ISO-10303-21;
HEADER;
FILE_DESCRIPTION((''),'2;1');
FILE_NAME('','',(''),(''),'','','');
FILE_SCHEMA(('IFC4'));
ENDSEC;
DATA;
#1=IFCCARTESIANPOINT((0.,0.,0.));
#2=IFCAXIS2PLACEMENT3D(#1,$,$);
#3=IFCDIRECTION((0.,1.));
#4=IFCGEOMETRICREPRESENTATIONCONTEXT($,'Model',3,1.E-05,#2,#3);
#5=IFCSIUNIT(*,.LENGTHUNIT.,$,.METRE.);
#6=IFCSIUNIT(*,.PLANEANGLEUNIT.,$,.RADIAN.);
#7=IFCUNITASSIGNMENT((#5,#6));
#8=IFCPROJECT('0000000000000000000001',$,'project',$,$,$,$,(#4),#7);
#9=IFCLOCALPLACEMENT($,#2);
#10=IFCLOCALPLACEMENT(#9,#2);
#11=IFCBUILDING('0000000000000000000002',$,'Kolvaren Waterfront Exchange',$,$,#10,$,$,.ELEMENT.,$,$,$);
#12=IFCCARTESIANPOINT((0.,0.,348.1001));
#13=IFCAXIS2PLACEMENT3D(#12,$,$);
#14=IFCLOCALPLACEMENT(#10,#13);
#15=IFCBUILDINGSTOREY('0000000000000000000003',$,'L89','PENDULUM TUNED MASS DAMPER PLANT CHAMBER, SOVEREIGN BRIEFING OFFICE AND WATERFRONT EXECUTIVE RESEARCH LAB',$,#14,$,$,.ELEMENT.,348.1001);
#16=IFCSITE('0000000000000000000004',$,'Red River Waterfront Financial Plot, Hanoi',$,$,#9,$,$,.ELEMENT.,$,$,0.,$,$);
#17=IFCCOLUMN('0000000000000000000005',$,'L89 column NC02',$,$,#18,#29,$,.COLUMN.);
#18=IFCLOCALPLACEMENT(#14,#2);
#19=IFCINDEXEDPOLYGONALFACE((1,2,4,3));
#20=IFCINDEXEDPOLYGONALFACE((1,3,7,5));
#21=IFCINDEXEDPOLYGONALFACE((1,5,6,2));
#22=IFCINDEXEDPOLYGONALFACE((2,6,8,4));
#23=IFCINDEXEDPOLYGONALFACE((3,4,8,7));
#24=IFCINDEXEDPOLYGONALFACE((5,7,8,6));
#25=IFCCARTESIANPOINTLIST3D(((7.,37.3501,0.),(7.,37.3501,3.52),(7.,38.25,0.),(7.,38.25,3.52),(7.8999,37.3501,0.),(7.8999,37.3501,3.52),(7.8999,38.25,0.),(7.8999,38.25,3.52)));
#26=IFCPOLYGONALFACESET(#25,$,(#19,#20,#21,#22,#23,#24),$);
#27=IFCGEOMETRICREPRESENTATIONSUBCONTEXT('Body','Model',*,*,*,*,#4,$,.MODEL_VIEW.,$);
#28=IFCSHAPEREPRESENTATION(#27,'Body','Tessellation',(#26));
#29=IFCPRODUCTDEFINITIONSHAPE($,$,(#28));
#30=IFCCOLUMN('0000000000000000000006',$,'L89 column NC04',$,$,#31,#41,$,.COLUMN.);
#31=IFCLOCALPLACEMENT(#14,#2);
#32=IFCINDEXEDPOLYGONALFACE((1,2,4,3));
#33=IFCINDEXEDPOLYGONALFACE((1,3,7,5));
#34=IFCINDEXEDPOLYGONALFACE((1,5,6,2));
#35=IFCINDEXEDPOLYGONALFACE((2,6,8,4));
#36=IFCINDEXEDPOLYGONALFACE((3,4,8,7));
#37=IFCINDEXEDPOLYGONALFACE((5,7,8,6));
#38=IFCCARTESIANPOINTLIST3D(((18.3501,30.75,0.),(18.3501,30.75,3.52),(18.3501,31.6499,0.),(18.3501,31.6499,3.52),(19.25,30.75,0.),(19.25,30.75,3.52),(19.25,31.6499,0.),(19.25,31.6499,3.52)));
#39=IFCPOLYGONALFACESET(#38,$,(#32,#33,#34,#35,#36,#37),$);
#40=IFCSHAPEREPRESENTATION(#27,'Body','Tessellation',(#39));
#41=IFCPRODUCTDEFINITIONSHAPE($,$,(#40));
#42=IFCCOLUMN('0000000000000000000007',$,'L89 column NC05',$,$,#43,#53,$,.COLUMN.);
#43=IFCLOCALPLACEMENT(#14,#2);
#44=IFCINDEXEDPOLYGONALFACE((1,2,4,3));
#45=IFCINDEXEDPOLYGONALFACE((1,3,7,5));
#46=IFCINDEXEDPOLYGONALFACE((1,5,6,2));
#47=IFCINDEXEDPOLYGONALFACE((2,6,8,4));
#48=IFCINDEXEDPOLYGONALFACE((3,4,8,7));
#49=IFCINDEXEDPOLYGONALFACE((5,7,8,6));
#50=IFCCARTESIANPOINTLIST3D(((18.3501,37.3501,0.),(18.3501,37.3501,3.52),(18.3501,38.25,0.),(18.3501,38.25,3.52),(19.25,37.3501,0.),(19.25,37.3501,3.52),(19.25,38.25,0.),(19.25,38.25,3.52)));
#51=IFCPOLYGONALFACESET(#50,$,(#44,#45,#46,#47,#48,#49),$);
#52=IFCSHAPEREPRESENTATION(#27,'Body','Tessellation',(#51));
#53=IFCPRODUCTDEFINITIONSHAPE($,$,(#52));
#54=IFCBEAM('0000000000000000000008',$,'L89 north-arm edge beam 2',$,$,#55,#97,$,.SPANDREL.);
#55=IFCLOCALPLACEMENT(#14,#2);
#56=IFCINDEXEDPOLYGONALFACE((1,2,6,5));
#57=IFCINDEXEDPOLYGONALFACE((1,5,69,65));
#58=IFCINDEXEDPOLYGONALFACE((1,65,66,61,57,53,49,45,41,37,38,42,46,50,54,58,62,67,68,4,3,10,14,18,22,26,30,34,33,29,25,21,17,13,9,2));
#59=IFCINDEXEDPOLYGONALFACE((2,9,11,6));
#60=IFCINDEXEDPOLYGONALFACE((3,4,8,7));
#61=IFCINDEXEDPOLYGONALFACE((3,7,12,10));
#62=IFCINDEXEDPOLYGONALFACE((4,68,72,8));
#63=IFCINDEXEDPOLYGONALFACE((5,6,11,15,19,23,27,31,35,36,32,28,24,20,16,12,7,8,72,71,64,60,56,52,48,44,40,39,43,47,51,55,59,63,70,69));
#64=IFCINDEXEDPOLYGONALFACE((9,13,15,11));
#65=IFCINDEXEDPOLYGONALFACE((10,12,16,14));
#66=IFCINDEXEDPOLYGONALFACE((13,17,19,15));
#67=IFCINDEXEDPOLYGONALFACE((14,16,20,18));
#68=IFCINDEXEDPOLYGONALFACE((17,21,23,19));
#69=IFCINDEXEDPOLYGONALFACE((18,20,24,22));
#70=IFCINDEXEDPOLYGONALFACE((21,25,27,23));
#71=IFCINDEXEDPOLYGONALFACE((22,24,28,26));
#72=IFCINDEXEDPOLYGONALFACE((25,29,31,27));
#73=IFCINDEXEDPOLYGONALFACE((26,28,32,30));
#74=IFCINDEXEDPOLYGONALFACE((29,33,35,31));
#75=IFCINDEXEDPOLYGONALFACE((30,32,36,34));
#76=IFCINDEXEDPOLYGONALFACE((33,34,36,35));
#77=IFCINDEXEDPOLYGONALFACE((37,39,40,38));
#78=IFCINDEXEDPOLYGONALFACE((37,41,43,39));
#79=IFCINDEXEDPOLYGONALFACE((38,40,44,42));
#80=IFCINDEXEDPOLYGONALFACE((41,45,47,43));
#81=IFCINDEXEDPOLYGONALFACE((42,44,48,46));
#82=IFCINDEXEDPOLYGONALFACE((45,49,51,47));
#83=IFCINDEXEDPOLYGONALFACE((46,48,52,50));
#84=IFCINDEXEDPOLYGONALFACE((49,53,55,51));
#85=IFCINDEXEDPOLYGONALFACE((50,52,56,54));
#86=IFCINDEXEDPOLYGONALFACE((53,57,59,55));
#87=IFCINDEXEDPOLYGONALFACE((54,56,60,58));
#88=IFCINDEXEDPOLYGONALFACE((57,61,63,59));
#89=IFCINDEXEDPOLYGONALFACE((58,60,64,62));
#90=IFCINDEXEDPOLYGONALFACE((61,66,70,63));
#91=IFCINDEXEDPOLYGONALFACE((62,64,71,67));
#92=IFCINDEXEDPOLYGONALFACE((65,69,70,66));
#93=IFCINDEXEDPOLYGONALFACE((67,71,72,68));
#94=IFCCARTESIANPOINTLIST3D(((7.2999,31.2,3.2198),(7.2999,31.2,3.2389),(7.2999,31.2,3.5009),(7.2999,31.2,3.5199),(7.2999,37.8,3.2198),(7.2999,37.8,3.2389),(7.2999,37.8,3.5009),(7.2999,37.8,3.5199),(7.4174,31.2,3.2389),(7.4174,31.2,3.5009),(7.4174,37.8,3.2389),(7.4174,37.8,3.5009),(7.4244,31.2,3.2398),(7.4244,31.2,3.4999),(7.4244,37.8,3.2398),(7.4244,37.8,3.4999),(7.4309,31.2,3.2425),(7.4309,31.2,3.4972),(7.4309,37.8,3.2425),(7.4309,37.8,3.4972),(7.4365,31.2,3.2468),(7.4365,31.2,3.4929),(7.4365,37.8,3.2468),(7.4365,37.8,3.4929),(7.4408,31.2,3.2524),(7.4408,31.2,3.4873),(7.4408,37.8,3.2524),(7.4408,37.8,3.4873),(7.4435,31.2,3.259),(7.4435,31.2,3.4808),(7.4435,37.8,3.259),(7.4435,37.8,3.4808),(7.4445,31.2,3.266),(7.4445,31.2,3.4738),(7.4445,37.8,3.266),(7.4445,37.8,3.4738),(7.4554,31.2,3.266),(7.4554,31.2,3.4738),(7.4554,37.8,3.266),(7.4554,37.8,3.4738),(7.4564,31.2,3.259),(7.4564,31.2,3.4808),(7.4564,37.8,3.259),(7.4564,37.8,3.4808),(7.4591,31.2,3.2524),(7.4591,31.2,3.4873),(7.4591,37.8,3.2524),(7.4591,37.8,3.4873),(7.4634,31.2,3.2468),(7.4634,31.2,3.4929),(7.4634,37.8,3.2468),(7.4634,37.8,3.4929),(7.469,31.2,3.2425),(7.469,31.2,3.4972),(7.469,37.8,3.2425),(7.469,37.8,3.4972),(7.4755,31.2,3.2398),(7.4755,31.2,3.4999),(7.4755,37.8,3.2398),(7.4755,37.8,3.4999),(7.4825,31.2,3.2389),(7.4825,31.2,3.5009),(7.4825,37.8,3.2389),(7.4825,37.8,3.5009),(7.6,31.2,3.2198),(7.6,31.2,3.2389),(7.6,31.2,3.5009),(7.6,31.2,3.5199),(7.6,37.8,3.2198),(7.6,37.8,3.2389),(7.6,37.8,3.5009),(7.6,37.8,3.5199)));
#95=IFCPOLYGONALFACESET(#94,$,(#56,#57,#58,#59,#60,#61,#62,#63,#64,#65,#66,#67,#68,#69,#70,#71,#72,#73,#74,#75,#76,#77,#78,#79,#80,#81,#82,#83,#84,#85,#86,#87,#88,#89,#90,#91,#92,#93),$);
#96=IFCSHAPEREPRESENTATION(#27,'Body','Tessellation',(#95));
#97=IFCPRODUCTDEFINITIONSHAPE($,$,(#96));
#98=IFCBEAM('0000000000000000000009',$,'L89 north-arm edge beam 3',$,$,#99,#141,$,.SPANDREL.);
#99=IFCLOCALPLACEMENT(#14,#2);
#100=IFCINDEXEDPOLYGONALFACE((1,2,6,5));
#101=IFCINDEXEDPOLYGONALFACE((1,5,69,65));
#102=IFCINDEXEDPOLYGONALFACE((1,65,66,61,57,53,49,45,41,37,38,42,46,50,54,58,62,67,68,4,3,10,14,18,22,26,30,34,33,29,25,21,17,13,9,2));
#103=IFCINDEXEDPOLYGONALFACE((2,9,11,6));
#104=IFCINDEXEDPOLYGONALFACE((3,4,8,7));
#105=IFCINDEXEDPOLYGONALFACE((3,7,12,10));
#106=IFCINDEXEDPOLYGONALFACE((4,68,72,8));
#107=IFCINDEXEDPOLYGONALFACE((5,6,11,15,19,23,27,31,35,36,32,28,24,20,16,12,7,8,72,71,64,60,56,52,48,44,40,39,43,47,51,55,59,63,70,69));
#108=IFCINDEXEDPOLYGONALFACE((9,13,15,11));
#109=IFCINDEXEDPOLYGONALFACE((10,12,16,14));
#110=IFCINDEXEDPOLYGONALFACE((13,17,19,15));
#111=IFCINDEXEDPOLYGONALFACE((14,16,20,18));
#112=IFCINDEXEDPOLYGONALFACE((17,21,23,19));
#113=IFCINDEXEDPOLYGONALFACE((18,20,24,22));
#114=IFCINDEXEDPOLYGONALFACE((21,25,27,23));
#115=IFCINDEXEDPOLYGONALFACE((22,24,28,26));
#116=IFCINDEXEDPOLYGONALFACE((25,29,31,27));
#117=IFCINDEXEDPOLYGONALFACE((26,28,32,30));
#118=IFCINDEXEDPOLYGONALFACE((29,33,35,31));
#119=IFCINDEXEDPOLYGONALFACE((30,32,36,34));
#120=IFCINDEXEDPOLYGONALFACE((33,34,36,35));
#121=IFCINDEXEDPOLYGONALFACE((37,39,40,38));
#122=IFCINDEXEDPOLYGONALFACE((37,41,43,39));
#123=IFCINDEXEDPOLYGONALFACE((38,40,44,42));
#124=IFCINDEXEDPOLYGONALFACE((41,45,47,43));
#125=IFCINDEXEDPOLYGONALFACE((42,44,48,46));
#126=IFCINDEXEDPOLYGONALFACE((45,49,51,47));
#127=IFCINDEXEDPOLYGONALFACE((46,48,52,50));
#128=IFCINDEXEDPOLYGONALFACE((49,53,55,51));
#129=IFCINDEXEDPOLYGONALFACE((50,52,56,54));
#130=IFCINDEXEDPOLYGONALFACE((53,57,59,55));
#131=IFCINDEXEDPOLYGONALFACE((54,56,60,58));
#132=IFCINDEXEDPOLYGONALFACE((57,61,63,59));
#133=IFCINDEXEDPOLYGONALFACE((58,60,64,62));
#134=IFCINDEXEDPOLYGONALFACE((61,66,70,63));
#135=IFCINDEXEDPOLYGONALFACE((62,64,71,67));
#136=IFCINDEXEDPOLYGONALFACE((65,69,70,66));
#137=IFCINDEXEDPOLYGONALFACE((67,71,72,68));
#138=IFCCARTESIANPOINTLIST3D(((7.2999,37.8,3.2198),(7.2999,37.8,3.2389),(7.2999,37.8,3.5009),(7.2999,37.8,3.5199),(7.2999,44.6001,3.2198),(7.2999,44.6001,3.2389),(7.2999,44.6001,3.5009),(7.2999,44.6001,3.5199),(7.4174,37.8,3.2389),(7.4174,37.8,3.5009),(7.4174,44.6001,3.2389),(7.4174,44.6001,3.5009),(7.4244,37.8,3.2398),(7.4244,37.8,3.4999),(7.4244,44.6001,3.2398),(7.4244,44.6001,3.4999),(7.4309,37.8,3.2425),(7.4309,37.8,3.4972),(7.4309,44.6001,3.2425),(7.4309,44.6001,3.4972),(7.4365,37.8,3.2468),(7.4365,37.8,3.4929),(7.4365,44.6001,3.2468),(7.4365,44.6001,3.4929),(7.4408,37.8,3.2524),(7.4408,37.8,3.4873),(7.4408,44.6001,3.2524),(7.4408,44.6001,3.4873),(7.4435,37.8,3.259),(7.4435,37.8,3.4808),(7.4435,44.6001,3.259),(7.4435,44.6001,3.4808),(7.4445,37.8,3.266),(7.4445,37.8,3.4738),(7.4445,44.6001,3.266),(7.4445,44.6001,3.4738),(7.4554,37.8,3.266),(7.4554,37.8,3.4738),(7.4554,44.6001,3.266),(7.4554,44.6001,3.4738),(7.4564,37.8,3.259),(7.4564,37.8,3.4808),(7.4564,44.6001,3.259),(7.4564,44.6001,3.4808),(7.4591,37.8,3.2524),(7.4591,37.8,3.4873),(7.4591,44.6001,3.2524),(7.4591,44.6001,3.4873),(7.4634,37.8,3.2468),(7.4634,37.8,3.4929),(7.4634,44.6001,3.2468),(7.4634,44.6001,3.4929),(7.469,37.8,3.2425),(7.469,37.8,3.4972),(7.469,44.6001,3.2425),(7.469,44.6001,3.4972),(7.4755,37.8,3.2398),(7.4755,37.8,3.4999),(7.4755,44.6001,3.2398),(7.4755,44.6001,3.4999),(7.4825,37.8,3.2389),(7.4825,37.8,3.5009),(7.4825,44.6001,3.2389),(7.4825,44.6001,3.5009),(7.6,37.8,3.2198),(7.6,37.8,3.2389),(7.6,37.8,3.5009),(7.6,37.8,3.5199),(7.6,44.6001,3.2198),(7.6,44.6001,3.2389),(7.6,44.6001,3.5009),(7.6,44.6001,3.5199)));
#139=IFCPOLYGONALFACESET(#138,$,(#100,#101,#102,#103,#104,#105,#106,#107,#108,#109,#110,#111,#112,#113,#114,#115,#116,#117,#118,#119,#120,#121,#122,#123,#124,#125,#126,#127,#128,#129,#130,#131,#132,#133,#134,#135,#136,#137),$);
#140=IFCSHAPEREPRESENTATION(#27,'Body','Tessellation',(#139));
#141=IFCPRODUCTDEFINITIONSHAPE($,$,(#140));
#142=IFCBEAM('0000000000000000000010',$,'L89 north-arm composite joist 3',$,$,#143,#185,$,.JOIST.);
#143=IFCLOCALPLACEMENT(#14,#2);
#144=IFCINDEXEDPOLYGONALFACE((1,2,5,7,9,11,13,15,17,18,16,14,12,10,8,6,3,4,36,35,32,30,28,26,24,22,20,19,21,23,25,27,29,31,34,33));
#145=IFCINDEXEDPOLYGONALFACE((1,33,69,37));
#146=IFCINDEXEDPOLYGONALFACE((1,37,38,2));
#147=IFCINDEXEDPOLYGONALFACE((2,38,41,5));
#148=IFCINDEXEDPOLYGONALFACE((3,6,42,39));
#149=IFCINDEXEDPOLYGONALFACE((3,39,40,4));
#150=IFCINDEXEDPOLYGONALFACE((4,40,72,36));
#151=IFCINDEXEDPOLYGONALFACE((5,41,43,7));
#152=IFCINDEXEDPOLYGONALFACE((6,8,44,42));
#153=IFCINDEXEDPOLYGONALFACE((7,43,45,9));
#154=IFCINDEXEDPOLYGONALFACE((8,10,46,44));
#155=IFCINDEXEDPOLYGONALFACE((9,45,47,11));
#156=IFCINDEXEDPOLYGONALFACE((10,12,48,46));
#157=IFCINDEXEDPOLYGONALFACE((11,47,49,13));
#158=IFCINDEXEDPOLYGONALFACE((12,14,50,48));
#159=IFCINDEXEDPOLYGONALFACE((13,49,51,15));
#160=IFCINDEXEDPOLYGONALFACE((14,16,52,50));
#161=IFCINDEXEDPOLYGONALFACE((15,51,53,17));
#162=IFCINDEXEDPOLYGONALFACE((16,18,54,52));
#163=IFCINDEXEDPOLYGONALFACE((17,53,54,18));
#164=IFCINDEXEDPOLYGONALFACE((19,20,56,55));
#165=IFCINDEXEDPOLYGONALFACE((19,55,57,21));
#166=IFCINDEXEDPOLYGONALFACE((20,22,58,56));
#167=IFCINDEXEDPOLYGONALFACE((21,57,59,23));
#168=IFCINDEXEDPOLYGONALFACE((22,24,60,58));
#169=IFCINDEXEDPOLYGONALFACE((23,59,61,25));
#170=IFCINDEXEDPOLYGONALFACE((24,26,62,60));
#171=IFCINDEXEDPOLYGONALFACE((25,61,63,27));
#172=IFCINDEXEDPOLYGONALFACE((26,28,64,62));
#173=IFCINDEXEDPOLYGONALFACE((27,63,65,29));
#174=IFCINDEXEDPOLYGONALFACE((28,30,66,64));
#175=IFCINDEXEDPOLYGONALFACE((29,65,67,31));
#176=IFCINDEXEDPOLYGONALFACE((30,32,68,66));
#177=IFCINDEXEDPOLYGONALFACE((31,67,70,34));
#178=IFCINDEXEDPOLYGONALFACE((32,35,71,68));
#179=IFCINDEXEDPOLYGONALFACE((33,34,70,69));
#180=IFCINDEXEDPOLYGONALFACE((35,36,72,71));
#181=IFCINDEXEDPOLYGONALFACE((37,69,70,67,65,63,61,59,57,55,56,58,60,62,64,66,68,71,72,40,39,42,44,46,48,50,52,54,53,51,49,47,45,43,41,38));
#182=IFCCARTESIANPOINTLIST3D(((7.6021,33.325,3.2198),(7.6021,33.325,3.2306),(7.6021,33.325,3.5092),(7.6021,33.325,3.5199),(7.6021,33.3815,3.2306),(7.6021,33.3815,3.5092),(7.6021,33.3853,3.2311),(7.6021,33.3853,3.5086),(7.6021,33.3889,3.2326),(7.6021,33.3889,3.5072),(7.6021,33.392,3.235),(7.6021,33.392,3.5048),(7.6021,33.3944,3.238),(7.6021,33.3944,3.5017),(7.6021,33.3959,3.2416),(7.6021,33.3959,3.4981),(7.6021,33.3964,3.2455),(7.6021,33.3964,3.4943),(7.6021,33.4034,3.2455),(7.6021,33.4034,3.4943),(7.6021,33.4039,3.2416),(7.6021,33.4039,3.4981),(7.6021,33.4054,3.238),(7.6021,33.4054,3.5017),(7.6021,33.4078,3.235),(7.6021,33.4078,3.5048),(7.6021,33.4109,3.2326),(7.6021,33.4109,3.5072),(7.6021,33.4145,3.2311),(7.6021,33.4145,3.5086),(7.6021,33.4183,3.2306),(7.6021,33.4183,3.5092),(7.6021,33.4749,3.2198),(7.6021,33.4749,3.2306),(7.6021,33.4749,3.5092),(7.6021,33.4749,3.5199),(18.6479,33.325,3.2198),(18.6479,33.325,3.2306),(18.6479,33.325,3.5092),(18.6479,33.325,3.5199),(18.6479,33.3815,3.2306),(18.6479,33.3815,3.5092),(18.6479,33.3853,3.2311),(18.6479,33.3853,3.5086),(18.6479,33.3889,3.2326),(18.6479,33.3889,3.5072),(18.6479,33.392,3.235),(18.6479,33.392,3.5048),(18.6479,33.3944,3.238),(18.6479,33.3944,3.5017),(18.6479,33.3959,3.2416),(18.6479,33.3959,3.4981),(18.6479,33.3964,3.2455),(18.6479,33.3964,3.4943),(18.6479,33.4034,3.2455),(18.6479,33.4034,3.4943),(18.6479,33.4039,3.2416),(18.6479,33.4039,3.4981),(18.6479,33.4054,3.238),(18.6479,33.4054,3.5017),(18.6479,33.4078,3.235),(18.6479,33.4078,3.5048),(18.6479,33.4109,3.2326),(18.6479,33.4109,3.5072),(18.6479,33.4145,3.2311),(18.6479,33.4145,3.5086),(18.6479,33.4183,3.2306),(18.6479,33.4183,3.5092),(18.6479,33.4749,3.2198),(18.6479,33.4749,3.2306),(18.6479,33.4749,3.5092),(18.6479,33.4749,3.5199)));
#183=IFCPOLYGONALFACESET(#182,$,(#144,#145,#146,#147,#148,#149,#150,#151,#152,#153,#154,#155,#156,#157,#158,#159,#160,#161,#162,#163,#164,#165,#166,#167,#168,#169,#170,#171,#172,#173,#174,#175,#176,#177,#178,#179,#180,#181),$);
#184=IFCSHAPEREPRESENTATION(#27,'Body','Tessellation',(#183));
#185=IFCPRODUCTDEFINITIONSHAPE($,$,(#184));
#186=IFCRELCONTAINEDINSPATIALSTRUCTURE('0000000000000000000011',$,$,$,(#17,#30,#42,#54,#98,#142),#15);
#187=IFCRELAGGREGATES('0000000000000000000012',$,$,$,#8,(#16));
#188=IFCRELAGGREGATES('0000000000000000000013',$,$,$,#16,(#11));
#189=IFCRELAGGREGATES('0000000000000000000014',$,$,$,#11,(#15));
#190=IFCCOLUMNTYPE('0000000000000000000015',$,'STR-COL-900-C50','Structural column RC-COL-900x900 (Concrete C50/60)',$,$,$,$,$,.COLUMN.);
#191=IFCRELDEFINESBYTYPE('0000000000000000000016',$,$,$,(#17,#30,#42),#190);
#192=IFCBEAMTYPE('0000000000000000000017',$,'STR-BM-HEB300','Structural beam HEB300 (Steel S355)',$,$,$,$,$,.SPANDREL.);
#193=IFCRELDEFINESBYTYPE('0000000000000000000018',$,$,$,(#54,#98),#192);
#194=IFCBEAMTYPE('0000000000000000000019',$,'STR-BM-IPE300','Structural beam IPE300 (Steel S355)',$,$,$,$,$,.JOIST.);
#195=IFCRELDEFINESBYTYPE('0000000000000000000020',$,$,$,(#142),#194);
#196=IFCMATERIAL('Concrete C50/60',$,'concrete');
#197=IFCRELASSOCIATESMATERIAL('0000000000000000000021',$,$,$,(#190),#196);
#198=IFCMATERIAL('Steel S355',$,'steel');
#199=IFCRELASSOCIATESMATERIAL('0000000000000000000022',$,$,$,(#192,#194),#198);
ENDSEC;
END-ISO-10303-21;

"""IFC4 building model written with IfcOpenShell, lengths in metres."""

from ifc_helpers import new_model, si_unit, direction, frame, origin, origin_2d, place, context, subcontext, project, spatial, rectangle, i_section, extrude, material, material_profile, profile_set, type_object, element, save


model = new_model("IFC4")

# Units and contexts
model_context = context("Model", 3, precision=1e-05, world=origin(), true_north=direction((0.0, 1.0)))
body_context = subcontext(model_context, "Body", "Model", "MODEL_VIEW")
ifc_project = project(units=[si_unit("LENGTHUNIT", "METRE"), si_unit("PLANEANGLEUNIT", "RADIAN")], contexts=[model_context])

# Site, building, storey
site_placement = place(None, origin())
site = spatial("IfcSite", under=ifc_project, at=site_placement, Name="Red River Waterfront Financial Plot, Hanoi", CompositionType="ELEMENT", RefElevation=0.0)
building_placement = place(site_placement, origin())
building = spatial("IfcBuilding", under=site, at=building_placement, Name="Kolvaren Waterfront Exchange", CompositionType="ELEMENT")
storey_placement = place(building_placement, frame((0.0, 0.0, 348.1001)))
storey = spatial("IfcBuildingStorey", under=building, at=storey_placement, Name="L89", Description="PENDULUM TUNED MASS DAMPER PLANT CHAMBER, SOVEREIGN BRIEFING OFFICE AND WATERFRONT EXECUTIVE RESEARCH LAB", CompositionType="ELEMENT", Elevation=348.1001)

# Columns
ifc_material_1 = material(Name="Concrete C50/60", Category="concrete")
ifc_material_profile_1 = material_profile(ifc_material_1, rectangle(XDim=0.8999, YDim=0.8999, at=origin_2d()), Name="RC-COL-900x900")
ifc_profile_set_1 = profile_set([ifc_material_profile_1], Name="Concrete C50/60")
column_type = type_object("IfcColumnType", Name="STR-COL-900-C50", Description="Structural column RC-COL-900x900 (Concrete C50/60)", PredefinedType="COLUMN", material=ifc_profile_set_1)
for number, where, z_axis, x_axis, name in (
    (1, (7.45, 37.8, 0.0), (0.0, 0.0, 1.0), (1.0, 0.0, 0.0), "L89 column NC02"),
    (2, (18.8, 31.2, 0.0), (0.0, 0.0, 1.0), (1.0, 0.0, 0.0), "L89 column NC04"),
    (3, (18.8, 37.8, 0.0), (0.0, 0.0, 1.0), (1.0, 0.0, 0.0), "L89 column NC05"),
):
    element("IfcColumn", number, at=place(storey_placement, frame(where, z_axis=z_axis, x_axis=x_axis)), inside=storey, type_object=column_type, Name=name, PredefinedType="COLUMN", context=body_context, shape_type="SweptSolid", body=[
        extrude(rectangle(XDim=0.8999, YDim=0.8999, at=origin_2d()), origin(), (0.0, 0.0, 1.0), 3.52),
    ])

# Beams
ifc_material_2 = material(Name="Steel S355", Category="steel")
ifc_material_profile_2 = material_profile(ifc_material_2, i_section(OverallWidth=0.3, OverallDepth=0.3, WebThickness=0.011, FlangeThickness=0.019, FilletRadius=0.0271, at=origin_2d()), Name="HEB300")
ifc_profile_set_2 = profile_set([ifc_material_profile_2], Name="Steel S355")
beam_type_1 = type_object("IfcBeamType", Name="STR-BM-HEB300", Description="Structural beam HEB300 (Steel S355)", PredefinedType="SPANDREL", material=ifc_profile_set_2)
beam_1_placement = place(storey_placement, frame((7.45, 31.2, 3.3699), z_axis=(0.0, 1.0, 0.0), x_axis=(-1.0, 0.0, 0.0)))
element("IfcBeam", 4, at=beam_1_placement, inside=storey, type_object=beam_type_1, Name="L89 north-arm edge beam 2", PredefinedType="SPANDREL", context=body_context, shape_type="SweptSolid", body=[
    extrude(i_section(OverallWidth=0.3, OverallDepth=0.3, WebThickness=0.011, FlangeThickness=0.019, FilletRadius=0.0271, at=origin_2d()), origin(), (0.0, 0.0, 1.0), 6.6001),
])
beam_2_placement = place(storey_placement, frame((7.45, 37.8, 3.3699), z_axis=(0.0, 1.0, 0.0), x_axis=(-1.0, 0.0, 0.0)))
element("IfcBeam", 5, at=beam_2_placement, inside=storey, type_object=beam_type_1, Name="L89 north-arm edge beam 3", PredefinedType="SPANDREL", context=body_context, shape_type="SweptSolid", body=[
    extrude(i_section(OverallWidth=0.3, OverallDepth=0.3, WebThickness=0.011, FlangeThickness=0.019, FilletRadius=0.0271, at=origin_2d()), origin(), (0.0, 0.0, 1.0), 6.8),
])
ifc_material_profile_3 = material_profile(ifc_material_2, i_section(OverallWidth=0.1499, OverallDepth=0.3, WebThickness=0.0071, FlangeThickness=0.0107, FilletRadius=0.0149, at=origin_2d()), Name="IPE300")
ifc_profile_set_3 = profile_set([ifc_material_profile_3], Name="Steel S355")
beam_type_2 = type_object("IfcBeamType", Name="STR-BM-IPE300", Description="Structural beam IPE300 (Steel S355)", PredefinedType="JOIST", material=ifc_profile_set_3)
for number, where, z_axis, x_axis, name in (
    (6, (7.6021, 33.3999, 3.3699), (1.0, 0.0, 0.0), (0.0, 1.0, 0.0), "L89 north-arm composite joist 3"),
):
    element("IfcBeam", number, at=place(storey_placement, frame(where, z_axis=z_axis, x_axis=x_axis)), inside=storey, type_object=beam_type_2, Name=name, PredefinedType="JOIST", context=body_context, shape_type="SweptSolid", body=[
        extrude(i_section(OverallWidth=0.1499, OverallDepth=0.3, WebThickness=0.0071, FlangeThickness=0.0107, FilletRadius=0.0149, at=origin_2d()), origin(), (0.0, 0.0, 1.0), 11.0459),
    ])

save(model, "model.ifc")
